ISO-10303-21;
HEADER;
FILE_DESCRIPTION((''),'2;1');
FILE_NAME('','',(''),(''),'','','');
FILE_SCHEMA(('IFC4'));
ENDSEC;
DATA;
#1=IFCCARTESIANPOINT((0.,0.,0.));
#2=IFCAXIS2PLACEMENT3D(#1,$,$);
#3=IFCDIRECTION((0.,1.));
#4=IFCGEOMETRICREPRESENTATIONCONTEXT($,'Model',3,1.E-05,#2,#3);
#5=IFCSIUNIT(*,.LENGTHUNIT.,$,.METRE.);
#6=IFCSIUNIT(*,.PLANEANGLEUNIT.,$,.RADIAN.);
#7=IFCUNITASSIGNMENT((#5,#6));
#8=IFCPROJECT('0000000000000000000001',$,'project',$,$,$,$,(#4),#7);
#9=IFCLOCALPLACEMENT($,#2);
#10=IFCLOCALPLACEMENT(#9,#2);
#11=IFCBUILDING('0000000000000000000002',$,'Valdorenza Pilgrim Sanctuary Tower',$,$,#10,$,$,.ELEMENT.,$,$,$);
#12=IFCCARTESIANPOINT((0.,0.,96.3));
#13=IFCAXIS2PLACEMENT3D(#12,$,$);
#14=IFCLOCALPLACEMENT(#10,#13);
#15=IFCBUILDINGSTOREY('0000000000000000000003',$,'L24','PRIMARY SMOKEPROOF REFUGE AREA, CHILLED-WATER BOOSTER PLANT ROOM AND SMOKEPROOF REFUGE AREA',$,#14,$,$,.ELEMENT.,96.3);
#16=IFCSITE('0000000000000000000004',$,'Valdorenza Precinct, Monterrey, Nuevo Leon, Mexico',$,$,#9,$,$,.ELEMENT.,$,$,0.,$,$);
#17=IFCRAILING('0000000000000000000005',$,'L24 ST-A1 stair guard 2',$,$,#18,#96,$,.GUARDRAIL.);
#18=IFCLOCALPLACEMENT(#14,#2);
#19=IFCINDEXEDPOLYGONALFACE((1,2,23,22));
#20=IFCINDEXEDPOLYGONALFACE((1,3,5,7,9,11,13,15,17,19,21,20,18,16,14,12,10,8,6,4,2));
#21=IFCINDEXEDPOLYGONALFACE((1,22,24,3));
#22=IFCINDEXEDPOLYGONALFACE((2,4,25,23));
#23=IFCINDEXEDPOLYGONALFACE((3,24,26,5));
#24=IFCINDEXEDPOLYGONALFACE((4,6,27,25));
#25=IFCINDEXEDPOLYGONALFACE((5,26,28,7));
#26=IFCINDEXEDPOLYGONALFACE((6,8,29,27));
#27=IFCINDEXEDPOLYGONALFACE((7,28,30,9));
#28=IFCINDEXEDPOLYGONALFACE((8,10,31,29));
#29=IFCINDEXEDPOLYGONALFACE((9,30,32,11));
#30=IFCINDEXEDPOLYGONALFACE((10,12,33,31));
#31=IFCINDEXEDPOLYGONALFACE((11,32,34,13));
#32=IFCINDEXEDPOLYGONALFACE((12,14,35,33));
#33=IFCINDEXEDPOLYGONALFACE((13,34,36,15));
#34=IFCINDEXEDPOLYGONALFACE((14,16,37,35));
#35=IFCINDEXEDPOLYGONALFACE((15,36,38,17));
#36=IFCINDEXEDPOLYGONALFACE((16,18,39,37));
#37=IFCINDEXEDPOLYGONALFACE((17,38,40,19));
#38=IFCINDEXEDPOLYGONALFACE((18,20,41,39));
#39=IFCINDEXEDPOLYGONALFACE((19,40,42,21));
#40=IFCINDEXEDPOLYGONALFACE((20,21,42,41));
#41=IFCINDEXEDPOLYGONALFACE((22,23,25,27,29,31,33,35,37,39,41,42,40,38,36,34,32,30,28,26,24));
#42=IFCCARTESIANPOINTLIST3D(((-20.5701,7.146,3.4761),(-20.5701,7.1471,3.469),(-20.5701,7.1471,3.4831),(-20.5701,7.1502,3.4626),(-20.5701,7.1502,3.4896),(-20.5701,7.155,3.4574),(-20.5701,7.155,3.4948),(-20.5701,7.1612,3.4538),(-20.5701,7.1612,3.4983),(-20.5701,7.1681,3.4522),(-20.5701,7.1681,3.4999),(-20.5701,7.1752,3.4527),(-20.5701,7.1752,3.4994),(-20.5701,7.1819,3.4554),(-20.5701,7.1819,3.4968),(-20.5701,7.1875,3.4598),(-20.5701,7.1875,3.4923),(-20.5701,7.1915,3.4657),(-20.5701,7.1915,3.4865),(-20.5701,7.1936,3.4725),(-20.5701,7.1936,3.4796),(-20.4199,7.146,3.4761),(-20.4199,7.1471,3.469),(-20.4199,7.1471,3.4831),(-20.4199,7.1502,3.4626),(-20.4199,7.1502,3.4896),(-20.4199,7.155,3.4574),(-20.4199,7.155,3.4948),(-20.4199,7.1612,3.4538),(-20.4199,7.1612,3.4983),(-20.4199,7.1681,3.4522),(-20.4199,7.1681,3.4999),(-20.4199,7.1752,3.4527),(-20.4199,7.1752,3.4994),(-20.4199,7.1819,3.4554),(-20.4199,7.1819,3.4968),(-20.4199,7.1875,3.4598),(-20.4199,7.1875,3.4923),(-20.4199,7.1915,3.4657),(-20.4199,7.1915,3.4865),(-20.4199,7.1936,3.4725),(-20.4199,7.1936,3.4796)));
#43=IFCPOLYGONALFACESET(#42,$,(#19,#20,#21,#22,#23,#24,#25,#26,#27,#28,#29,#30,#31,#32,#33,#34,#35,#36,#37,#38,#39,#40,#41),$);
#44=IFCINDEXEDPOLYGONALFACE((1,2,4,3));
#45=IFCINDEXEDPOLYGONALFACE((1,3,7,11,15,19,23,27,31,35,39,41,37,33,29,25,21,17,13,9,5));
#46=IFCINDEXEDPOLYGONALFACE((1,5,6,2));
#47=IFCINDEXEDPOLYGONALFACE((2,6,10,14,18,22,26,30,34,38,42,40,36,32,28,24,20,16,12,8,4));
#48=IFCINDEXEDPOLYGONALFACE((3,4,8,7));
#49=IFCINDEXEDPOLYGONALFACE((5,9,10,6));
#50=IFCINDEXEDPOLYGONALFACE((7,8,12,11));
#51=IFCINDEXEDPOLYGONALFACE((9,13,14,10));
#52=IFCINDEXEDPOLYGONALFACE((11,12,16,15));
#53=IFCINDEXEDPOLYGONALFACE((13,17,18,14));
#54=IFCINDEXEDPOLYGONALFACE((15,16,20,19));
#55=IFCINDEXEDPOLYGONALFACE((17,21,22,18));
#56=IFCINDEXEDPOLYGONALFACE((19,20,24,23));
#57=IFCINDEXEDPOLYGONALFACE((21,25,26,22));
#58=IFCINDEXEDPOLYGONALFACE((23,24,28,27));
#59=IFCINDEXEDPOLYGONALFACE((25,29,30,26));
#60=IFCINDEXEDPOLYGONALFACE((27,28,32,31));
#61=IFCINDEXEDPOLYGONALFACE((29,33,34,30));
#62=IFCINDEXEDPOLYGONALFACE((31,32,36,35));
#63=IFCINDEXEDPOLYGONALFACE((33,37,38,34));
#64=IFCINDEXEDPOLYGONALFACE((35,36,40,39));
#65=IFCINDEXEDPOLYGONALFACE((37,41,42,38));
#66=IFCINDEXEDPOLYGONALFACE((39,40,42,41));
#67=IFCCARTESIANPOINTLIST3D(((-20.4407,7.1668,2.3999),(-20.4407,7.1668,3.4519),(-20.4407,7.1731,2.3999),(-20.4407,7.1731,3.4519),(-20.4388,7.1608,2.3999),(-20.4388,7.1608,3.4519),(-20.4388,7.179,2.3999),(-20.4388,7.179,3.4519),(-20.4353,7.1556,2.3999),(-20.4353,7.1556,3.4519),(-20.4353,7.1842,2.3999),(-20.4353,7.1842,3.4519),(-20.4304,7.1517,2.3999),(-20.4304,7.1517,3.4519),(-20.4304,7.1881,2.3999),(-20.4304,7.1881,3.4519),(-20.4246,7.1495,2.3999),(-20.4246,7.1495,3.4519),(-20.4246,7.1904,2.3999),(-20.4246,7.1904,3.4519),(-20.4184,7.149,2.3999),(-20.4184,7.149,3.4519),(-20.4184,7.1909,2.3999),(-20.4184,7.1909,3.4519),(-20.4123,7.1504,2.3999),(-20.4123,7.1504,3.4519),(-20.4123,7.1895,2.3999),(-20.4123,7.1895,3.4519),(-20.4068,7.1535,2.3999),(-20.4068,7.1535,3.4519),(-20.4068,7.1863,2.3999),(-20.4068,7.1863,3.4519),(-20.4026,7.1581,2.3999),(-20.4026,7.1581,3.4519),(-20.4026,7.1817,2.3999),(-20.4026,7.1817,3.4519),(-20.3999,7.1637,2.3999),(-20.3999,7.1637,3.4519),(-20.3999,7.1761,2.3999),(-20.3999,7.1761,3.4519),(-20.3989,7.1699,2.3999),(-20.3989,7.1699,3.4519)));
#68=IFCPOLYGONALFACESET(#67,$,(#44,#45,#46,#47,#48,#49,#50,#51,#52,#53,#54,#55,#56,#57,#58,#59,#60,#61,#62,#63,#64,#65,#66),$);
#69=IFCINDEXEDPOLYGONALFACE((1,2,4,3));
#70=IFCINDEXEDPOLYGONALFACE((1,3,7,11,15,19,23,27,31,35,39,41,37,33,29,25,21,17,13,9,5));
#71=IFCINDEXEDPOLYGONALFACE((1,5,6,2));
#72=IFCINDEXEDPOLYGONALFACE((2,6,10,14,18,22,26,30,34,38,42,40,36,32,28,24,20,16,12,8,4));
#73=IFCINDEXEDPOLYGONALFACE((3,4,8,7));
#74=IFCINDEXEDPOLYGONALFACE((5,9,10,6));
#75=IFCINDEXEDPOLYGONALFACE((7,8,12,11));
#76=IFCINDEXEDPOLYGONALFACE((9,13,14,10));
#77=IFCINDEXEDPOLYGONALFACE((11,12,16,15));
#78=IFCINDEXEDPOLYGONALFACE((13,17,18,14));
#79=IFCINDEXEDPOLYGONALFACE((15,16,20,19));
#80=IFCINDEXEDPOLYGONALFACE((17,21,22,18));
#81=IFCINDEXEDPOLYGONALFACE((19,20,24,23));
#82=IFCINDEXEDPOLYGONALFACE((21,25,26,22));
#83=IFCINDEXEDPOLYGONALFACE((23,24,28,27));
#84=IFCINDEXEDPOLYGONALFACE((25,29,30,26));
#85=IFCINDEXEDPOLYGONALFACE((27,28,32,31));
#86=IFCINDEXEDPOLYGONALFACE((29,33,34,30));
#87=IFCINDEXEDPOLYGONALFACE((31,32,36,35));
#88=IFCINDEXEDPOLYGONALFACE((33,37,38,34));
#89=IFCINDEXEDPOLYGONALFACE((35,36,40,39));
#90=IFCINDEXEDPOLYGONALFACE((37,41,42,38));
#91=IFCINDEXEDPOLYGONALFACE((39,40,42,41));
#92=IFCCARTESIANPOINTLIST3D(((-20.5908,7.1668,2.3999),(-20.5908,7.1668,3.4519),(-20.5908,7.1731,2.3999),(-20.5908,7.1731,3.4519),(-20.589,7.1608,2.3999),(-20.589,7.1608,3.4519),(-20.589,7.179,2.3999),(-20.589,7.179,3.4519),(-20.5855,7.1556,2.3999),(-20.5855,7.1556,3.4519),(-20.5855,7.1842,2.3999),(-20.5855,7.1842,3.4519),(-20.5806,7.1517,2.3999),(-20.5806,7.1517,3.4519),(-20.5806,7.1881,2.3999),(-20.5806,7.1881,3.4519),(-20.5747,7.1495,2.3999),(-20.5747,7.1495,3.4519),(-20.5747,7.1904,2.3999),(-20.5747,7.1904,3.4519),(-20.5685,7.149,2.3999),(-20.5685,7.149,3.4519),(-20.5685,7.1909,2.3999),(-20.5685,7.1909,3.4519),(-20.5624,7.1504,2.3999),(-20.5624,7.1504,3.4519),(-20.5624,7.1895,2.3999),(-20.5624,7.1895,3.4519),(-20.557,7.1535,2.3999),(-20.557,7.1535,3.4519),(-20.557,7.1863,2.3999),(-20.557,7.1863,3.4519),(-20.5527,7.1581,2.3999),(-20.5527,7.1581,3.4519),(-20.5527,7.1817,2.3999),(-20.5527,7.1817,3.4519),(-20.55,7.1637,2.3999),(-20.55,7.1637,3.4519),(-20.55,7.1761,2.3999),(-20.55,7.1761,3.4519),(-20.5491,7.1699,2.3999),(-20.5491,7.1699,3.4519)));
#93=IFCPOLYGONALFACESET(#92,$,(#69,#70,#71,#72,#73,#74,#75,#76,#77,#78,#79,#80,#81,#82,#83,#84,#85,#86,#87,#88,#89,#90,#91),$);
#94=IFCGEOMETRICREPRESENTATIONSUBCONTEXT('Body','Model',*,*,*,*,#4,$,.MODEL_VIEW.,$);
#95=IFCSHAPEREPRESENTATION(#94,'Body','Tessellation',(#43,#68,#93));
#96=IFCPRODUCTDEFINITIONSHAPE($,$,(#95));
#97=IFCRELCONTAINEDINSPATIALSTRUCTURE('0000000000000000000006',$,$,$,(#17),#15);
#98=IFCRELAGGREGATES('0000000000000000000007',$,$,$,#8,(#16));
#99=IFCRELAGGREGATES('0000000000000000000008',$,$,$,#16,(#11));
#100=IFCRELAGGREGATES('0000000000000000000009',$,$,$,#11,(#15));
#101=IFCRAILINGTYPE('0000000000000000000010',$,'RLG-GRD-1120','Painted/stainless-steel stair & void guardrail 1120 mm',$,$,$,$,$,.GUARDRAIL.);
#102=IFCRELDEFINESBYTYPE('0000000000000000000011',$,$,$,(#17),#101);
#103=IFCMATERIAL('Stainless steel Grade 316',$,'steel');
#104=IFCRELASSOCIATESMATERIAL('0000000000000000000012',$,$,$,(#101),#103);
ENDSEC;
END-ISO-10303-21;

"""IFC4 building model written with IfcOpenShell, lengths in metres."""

from ifc_helpers import new_model, si_unit, direction, frame, origin, origin_2d, place, context, subcontext, project, spatial, circle, extrude, material, type_object, element, save


model = new_model("IFC4")

# Units and contexts
model_context = context("Model", 3, precision=1e-05, world=origin(), true_north=direction((0.0, 1.0)))
body_context = subcontext(model_context, "Body", "Model", "MODEL_VIEW")
ifc_project = project(units=[si_unit("LENGTHUNIT", "METRE"), si_unit("PLANEANGLEUNIT", "RADIAN")], contexts=[model_context])

# Site, building, storey
site_placement = place(None, origin())
site = spatial("IfcSite", under=ifc_project, at=site_placement, Name="Valdorenza Precinct, Monterrey, Nuevo Leon, Mexico", CompositionType="ELEMENT", RefElevation=0.0)
building_placement = place(site_placement, origin())
building = spatial("IfcBuilding", under=site, at=building_placement, Name="Valdorenza Pilgrim Sanctuary Tower", CompositionType="ELEMENT")
storey_placement = place(building_placement, frame((0.0, 0.0, 96.3)))
storey = spatial("IfcBuildingStorey", under=building, at=storey_placement, Name="L24", Description="PRIMARY SMOKEPROOF REFUGE AREA, CHILLED-WATER BOOSTER PLANT ROOM AND SMOKEPROOF REFUGE AREA", CompositionType="ELEMENT", Elevation=96.3)

# Railing
ifc_material_1 = material(Name="Stainless steel Grade 316", Category="steel")
railing_type_1 = type_object("IfcRailingType", Name="RLG-GRD-1120", Description="Painted/stainless-steel stair & void guardrail 1120 mm", PredefinedType="GUARDRAIL", material=ifc_material_1)
railing_1_placement = place(storey_placement, frame((-20.4199, 7.1699, 2.3999)))
element("IfcRailing", 1, at=railing_1_placement, inside=storey, type_object=railing_type_1, Name="L24 ST-A1 stair guard 2", PredefinedType="GUARDRAIL", context=body_context, shape_type="SweptSolid", body=[
    extrude(circle(Radius=0.0239, at=origin_2d()), frame((0.0, 0.0, 1.0762), z_axis=(-1.0, 0.0, 0.0), x_axis=(0.0, -1.0, 0.0)), (0.0, 0.0, 1.0), 0.1501),
    extrude(circle(Radius=0.021, at=origin_2d()), origin(), (0.0, 0.0, 1.0), 1.052),
    extrude(circle(Radius=0.021, at=origin_2d()), frame((-0.1501, 0.0, 0.0)), (0.0, 0.0, 1.0), 1.052),
])

save(model, "model.ifc")
